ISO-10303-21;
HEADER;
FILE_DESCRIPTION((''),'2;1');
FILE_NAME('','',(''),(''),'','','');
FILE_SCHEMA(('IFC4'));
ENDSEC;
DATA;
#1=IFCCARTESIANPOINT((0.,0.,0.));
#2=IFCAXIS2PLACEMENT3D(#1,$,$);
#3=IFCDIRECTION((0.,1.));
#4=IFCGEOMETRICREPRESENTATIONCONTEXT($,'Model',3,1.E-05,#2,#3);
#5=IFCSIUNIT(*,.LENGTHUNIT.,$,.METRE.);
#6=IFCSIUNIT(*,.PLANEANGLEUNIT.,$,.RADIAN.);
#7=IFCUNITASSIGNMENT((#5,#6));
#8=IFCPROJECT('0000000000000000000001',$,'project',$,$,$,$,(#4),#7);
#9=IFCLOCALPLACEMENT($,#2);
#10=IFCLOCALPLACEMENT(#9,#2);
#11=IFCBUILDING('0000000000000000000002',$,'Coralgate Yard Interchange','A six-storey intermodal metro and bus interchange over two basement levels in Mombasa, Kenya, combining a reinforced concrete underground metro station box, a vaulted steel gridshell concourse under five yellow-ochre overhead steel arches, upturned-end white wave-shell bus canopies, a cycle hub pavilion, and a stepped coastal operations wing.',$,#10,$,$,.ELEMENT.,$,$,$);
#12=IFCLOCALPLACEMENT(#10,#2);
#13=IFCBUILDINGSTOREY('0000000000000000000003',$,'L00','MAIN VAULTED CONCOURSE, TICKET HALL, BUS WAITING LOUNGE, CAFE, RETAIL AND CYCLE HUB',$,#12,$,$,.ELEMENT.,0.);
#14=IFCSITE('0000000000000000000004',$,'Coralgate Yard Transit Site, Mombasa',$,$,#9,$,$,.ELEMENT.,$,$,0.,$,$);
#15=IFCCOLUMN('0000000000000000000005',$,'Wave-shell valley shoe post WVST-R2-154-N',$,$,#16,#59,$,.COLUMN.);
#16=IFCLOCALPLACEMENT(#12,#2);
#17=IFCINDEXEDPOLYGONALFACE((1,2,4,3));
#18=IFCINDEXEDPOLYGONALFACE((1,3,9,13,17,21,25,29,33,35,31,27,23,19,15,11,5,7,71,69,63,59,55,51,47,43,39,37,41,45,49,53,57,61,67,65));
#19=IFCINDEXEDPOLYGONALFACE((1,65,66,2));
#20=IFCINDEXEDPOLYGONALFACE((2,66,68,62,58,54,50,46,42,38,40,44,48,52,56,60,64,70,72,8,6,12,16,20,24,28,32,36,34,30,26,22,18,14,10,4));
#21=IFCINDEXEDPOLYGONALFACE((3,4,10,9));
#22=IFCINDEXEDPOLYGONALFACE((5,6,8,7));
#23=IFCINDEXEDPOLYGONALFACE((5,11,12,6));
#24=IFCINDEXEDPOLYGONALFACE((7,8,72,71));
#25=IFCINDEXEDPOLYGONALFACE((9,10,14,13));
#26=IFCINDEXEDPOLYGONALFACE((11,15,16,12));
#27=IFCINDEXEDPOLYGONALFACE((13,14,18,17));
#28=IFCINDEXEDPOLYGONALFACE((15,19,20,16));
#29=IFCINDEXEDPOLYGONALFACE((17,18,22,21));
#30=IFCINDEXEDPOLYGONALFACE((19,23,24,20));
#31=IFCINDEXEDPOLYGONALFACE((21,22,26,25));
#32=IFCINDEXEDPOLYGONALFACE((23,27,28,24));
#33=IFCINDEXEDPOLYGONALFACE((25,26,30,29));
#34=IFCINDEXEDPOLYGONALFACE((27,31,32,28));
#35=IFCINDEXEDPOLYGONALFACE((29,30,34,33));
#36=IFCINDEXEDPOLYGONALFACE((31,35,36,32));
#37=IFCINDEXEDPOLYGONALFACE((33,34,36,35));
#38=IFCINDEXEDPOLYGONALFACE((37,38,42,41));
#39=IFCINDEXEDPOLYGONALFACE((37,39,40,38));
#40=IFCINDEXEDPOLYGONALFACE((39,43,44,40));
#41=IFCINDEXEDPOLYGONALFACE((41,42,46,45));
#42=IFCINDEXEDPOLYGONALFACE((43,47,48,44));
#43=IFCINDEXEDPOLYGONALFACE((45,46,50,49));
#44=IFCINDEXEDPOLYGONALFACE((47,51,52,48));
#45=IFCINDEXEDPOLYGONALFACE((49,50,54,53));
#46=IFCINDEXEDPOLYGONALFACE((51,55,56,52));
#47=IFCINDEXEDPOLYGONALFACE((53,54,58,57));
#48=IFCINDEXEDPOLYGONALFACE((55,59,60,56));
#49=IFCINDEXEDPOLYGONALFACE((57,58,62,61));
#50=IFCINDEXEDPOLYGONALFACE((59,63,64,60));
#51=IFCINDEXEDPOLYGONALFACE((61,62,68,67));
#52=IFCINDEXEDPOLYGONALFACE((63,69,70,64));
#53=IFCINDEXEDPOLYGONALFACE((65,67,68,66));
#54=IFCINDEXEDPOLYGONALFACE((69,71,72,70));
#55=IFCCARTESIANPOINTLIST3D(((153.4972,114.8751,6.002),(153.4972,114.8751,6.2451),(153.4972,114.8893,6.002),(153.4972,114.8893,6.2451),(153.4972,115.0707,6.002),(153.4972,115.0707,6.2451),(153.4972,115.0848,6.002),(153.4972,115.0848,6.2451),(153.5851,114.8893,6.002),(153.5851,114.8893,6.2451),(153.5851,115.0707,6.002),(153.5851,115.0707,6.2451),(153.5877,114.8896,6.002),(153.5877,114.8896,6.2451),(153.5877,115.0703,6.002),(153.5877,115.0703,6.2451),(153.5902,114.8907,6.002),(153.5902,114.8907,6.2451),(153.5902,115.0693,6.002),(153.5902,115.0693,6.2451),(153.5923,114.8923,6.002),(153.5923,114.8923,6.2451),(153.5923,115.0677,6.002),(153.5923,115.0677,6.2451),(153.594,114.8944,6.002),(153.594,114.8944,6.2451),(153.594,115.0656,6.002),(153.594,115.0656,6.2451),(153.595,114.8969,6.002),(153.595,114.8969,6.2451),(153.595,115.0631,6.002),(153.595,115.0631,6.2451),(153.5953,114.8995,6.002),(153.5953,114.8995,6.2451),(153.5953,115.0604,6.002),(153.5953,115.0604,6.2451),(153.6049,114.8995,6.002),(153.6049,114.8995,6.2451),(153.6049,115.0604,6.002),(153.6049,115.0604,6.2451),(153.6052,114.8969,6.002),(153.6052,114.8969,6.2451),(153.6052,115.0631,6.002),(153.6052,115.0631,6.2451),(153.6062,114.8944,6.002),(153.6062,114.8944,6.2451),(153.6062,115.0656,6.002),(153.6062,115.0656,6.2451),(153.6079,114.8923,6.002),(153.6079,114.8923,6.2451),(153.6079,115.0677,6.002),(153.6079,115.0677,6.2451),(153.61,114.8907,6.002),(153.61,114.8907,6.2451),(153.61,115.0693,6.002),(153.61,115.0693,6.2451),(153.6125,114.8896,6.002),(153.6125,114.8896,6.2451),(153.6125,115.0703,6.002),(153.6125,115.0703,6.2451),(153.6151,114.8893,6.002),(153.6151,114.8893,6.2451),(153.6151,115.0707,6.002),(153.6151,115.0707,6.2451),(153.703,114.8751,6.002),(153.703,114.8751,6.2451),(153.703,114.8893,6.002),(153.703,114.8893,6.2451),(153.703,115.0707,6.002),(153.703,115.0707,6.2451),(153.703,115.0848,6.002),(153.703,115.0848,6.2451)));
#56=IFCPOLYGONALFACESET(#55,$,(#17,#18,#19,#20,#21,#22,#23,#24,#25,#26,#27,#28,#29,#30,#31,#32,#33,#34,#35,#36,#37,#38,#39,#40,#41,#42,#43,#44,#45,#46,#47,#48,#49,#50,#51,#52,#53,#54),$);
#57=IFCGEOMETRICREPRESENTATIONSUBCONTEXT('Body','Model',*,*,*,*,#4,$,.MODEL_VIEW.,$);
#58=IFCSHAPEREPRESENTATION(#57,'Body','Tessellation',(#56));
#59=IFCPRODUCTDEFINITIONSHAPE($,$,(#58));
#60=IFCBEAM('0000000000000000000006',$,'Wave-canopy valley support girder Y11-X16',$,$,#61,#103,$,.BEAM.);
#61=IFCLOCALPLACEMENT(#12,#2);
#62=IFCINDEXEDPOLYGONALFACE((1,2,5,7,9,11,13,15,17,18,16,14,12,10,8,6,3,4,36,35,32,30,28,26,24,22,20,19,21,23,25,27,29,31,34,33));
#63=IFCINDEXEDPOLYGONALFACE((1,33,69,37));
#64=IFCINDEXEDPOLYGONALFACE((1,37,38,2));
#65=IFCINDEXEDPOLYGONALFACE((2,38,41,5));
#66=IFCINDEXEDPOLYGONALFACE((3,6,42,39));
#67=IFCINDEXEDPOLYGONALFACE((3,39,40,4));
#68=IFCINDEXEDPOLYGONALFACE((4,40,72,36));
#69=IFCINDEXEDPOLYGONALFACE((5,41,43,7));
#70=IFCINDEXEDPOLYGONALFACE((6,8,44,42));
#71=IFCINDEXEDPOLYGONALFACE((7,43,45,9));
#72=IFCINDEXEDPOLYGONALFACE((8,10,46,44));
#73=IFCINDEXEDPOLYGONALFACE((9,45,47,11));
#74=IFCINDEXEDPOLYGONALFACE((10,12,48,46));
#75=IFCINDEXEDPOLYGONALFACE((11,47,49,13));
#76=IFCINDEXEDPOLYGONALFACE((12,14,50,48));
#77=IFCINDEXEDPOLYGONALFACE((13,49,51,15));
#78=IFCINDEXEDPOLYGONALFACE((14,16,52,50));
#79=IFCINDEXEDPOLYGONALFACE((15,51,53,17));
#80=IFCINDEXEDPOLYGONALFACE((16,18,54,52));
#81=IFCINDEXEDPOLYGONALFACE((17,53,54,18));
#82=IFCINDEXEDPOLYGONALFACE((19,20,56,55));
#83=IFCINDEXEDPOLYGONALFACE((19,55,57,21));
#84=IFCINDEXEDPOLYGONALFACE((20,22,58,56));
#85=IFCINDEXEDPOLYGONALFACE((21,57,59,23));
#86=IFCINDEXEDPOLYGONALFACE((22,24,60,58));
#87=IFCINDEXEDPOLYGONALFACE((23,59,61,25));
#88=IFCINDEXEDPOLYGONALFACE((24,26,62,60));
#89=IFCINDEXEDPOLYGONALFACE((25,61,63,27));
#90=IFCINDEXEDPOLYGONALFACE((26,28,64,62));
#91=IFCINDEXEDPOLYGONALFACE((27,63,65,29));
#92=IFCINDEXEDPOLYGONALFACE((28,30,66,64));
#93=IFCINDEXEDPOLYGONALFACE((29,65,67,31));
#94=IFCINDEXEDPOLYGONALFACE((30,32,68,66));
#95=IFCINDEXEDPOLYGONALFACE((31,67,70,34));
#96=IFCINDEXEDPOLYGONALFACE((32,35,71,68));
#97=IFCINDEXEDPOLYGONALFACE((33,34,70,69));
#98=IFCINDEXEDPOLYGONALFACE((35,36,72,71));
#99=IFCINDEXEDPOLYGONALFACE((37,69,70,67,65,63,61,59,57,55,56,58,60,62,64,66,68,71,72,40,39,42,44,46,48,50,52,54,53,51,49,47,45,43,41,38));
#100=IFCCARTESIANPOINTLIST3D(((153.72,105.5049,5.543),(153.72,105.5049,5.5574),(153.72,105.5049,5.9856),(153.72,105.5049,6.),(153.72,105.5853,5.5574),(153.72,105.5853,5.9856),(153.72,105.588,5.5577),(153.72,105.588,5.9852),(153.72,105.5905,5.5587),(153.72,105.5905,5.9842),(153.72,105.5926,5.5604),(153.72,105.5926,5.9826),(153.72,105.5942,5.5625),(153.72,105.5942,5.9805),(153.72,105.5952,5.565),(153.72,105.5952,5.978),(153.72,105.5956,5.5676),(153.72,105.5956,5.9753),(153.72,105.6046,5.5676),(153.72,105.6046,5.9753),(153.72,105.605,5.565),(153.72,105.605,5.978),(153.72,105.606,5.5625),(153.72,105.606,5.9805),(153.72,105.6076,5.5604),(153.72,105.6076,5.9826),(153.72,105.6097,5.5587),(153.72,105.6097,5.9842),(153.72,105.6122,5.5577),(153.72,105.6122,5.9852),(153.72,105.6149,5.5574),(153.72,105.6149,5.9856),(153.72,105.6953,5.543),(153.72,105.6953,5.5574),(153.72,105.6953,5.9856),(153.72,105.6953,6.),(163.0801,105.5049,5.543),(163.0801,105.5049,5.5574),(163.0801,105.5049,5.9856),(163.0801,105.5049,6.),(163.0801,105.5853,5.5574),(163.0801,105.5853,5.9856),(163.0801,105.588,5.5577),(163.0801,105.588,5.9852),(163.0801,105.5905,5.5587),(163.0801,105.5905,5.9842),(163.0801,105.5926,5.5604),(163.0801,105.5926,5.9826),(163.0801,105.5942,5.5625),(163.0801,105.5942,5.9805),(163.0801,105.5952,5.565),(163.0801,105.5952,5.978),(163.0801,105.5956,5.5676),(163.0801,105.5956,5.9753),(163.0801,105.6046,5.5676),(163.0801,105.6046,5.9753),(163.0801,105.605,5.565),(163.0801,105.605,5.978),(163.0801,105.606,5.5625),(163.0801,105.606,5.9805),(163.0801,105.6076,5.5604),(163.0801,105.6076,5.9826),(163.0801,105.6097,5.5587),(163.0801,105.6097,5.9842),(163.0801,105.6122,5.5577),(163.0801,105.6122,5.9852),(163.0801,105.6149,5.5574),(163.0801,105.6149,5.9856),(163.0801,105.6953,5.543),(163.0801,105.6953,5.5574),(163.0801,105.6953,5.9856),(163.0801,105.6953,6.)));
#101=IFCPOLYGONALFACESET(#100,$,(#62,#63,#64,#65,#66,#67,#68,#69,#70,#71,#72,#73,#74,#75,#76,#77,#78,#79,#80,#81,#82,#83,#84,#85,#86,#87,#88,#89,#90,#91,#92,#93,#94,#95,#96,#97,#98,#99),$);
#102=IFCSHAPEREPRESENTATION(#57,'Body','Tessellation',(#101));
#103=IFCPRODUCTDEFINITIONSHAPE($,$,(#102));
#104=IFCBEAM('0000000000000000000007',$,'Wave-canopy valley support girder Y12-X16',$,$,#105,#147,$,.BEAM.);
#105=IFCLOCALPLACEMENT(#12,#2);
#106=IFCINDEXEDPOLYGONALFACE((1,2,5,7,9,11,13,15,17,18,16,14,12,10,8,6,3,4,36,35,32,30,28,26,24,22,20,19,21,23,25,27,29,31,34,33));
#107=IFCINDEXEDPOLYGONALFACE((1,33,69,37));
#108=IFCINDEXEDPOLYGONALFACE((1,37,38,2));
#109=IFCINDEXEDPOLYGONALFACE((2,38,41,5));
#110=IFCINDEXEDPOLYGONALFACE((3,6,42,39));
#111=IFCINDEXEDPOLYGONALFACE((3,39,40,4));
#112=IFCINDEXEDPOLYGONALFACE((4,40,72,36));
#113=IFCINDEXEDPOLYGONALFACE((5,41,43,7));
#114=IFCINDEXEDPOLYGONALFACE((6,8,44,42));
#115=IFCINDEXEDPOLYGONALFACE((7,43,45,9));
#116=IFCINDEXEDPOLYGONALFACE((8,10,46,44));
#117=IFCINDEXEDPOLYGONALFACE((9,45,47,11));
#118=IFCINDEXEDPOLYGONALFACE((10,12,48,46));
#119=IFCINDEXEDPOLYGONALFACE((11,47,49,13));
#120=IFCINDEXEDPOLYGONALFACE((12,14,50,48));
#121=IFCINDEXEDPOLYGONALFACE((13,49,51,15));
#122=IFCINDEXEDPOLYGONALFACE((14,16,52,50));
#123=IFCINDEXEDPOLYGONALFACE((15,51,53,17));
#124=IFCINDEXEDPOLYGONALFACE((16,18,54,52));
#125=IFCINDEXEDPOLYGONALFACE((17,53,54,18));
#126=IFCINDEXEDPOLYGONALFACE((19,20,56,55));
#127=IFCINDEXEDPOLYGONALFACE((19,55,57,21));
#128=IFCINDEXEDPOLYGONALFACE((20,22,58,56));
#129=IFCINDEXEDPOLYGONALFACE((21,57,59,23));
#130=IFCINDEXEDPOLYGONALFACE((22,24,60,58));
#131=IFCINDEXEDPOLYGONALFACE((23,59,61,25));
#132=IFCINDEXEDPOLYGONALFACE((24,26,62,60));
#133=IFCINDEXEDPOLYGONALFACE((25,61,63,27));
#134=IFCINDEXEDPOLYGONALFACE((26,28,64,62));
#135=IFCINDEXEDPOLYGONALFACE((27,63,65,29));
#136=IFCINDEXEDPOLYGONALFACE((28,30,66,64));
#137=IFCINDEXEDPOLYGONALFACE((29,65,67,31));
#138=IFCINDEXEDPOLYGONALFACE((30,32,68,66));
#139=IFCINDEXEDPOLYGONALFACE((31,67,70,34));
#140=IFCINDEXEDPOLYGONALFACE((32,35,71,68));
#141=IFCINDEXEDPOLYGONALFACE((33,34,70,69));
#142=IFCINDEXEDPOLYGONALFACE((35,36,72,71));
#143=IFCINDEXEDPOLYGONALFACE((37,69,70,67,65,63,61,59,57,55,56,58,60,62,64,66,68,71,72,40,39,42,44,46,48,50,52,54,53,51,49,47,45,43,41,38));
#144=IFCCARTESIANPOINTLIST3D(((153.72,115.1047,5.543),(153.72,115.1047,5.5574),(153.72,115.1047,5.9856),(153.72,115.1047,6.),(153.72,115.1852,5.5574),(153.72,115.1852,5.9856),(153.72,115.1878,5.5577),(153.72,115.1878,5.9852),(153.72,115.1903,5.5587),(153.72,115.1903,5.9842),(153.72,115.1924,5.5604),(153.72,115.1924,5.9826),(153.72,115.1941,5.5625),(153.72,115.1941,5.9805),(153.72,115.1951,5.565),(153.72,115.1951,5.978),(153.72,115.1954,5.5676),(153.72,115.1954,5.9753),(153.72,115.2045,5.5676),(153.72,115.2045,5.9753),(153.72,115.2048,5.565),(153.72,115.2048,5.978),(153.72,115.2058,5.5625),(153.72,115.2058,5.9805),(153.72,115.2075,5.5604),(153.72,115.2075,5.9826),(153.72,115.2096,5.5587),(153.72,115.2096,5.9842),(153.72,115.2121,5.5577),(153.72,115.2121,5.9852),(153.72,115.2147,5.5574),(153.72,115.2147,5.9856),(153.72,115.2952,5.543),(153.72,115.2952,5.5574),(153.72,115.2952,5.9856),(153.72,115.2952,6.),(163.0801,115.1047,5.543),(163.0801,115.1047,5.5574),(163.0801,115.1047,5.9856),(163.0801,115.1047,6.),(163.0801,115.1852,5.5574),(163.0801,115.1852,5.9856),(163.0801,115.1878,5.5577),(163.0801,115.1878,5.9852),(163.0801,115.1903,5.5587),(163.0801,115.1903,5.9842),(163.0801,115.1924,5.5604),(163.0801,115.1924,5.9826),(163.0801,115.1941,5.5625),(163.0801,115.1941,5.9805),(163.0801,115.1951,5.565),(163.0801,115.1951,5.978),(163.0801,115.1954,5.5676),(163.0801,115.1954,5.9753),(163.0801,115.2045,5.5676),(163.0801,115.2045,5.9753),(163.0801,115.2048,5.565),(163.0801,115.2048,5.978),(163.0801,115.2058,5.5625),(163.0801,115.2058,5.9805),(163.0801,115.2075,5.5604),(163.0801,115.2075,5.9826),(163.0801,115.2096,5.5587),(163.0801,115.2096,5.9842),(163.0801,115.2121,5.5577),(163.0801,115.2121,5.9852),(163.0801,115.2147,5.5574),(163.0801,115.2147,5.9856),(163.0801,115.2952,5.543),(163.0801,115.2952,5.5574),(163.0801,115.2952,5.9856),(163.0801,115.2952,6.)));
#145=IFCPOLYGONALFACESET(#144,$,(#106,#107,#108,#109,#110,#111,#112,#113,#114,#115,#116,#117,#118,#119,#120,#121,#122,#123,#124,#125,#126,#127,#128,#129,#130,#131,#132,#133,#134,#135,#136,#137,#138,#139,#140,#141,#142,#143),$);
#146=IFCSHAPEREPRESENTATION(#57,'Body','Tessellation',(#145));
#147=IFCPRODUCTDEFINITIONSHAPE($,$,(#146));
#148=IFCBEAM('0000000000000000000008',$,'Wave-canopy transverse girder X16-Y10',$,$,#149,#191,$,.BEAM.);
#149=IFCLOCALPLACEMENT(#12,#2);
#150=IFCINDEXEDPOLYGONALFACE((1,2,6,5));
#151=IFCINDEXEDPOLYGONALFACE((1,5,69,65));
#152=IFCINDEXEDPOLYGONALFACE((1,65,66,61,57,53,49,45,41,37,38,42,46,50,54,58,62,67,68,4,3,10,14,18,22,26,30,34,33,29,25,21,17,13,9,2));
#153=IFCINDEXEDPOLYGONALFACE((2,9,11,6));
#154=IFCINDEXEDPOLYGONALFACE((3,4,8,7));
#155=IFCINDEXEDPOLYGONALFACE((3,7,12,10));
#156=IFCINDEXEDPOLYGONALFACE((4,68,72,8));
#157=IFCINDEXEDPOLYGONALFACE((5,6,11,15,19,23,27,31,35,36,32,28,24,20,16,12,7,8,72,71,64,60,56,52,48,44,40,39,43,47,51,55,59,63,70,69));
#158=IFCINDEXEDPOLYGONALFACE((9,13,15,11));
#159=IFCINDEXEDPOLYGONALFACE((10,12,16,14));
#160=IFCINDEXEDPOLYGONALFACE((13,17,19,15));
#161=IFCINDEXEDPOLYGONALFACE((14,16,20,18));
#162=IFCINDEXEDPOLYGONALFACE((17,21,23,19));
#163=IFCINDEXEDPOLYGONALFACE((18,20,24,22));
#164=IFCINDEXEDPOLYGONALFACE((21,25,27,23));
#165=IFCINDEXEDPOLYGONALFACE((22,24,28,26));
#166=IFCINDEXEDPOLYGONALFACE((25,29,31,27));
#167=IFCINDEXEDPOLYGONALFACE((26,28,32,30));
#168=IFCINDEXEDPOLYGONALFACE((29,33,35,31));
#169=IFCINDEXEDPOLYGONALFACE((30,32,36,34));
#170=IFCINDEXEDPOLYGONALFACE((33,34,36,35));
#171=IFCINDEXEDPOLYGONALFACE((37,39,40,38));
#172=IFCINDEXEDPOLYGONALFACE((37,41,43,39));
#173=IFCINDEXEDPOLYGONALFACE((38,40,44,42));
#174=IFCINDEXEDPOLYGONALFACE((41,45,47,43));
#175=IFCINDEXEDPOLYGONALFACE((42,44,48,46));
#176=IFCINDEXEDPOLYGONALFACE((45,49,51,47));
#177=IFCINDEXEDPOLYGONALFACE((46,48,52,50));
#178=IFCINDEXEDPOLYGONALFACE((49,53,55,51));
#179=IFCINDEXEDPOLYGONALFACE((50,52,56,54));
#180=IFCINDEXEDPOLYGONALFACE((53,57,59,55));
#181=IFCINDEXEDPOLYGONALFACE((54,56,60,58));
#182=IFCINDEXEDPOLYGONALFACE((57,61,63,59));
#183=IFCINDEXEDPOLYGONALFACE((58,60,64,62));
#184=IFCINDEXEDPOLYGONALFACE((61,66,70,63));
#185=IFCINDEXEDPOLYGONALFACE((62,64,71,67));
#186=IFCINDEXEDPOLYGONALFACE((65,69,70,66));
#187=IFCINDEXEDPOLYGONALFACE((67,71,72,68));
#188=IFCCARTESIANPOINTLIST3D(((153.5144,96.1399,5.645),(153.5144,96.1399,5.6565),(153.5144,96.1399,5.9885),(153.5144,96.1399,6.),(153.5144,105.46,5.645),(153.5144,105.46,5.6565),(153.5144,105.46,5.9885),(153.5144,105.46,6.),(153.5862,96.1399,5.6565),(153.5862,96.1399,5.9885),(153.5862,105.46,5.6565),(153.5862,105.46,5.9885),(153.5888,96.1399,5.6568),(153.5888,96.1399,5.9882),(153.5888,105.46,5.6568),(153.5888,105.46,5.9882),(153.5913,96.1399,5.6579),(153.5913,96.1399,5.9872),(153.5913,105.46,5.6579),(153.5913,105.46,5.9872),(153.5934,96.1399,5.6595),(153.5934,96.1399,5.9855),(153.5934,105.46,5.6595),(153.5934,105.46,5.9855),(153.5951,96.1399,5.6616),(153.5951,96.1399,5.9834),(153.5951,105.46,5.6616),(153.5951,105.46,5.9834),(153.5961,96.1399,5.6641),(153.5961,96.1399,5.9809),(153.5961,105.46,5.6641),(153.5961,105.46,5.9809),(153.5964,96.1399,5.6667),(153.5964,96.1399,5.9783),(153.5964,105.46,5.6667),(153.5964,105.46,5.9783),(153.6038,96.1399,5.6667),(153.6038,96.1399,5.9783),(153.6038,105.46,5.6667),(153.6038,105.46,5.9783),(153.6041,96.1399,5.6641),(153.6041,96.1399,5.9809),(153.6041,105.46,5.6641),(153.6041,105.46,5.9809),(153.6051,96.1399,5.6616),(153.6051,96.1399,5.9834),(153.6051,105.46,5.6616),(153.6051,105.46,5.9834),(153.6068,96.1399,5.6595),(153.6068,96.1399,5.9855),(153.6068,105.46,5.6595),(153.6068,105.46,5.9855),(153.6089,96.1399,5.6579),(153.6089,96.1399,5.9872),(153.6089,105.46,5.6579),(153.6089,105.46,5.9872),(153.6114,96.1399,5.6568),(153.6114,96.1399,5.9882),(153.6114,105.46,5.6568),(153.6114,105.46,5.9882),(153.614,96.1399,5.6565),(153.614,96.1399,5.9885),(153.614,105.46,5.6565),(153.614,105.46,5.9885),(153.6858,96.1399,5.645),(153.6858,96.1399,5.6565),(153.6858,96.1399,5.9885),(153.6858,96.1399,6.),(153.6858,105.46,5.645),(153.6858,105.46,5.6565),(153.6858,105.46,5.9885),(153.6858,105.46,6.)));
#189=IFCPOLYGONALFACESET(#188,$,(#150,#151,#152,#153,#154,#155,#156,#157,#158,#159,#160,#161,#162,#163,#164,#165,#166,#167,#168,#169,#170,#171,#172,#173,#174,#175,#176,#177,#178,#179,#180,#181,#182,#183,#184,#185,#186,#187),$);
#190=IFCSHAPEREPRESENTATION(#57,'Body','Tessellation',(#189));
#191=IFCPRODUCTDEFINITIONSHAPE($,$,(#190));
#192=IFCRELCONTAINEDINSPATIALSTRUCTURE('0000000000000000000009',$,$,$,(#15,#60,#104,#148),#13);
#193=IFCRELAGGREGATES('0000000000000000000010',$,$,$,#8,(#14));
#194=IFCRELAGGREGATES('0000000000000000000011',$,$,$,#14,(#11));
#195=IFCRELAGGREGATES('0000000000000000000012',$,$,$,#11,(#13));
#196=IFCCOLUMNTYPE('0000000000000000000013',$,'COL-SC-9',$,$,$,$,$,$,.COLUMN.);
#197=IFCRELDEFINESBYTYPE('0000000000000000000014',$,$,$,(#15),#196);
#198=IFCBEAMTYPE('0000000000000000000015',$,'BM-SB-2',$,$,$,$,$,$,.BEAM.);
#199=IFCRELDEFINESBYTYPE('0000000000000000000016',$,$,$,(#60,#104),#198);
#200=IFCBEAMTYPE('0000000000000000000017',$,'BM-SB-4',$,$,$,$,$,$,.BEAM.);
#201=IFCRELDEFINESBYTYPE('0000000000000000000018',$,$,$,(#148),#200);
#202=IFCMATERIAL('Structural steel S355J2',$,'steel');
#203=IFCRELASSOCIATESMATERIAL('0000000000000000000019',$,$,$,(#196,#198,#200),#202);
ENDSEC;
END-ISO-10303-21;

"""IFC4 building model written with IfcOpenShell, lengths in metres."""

from ifc_helpers import new_model, si_unit, direction, frame, origin, origin_2d, place, context, subcontext, project, spatial, i_section, extrude, material, material_profile, profile_set, type_object, element, save


model = new_model("IFC4")

# Units and contexts
model_context = context("Model", 3, precision=1e-05, world=origin(), true_north=direction((0.0, 1.0)))
body_context = subcontext(model_context, "Body", "Model", "MODEL_VIEW")
ifc_project = project(units=[si_unit("LENGTHUNIT", "METRE"), si_unit("PLANEANGLEUNIT", "RADIAN")], contexts=[model_context])

# Site, building, storey
site_placement = place(None, origin())
site = spatial("IfcSite", under=ifc_project, at=site_placement, Name="Coralgate Yard Transit Site, Mombasa", CompositionType="ELEMENT", RefElevation=0.0)
building_placement = place(site_placement, origin())
building = spatial("IfcBuilding", under=site, at=building_placement, Name="Coralgate Yard Interchange", Description="A six-storey intermodal metro and bus interchange over two basement levels in Mombasa, Kenya, combining a reinforced concrete underground metro station box, a vaulted steel gridshell concourse under five yellow-ochre overhead steel arches, upturned-end white wave-shell bus canopies, a cycle hub pavilion, and a stepped coastal operations wing.", CompositionType="ELEMENT")
storey_placement = place(building_placement, origin())
storey = spatial("IfcBuildingStorey", under=building, at=storey_placement, Name="L00", Description="MAIN VAULTED CONCOURSE, TICKET HALL, BUS WAITING LOUNGE, CAFE, RETAIL AND CYCLE HUB", CompositionType="ELEMENT", Elevation=0.0)

# Column
ifc_material_1 = material(Name="Structural steel S355J2", Category="steel")
ifc_material_profile_1 = material_profile(ifc_material_1, i_section(OverallWidth=0.2058, OverallDepth=0.2097, WebThickness=0.0095, FlangeThickness=0.0142, FilletRadius=0.0103, at=origin_2d()), Name="UC 203x203x60")
ifc_profile_set_1 = profile_set([ifc_material_profile_1], Name="Structural steel S355J2")
column_type_1 = type_object("IfcColumnType", Name="COL-SC-9", PredefinedType="COLUMN", material=ifc_profile_set_1)
for number, where, z_axis, x_axis, name in (
    (1, (153.6001, 114.98, 6.002), (0.0, 0.0, 1.0), (1.0, 0.0, 0.0), "Wave-shell valley shoe post WVST-R2-154-N"),
):
    element("IfcColumn", number, at=place(storey_placement, frame(where, z_axis=z_axis, x_axis=x_axis)), inside=storey, type_object=column_type_1, Name=name, PredefinedType="COLUMN", context=body_context, shape_type="SweptSolid", body=[
        extrude(i_section(OverallWidth=0.2058, OverallDepth=0.2097, WebThickness=0.0095, FlangeThickness=0.0142, FilletRadius=0.0103, at=origin_2d()), origin(), (0.0, 0.0, 1.0), 0.2432),
    ])

# Beams
ifc_material_profile_2 = material_profile(ifc_material_1, i_section(OverallWidth=0.1904, OverallDepth=0.457, WebThickness=0.009, FlangeThickness=0.0144, FilletRadius=0.0103, at=origin_2d()), Name="UB 457x191x74")
ifc_profile_set_2 = profile_set([ifc_material_profile_2], Name="Structural steel S355J2")
beam_type_1 = type_object("IfcBeamType", Name="BM-SB-2", PredefinedType="BEAM", material=ifc_profile_set_2)
for number, where, z_axis, x_axis, name in (
    (2, (153.72, 105.6001, 5.7715), (1.0, 0.0, 0.0), (0.0, 1.0, 0.0), "Wave-canopy valley support girder Y11-X16"),
    (3, (153.72, 115.2, 5.7715), (1.0, 0.0, 0.0), (0.0, 1.0, 0.0), "Wave-canopy valley support girder Y12-X16"),
):
    element("IfcBeam", number, at=place(storey_placement, frame(where, z_axis=z_axis, x_axis=x_axis)), inside=storey, type_object=beam_type_1, Name=name, PredefinedType="BEAM", context=body_context, shape_type="SweptSolid", body=[
        extrude(i_section(OverallWidth=0.1904, OverallDepth=0.457, WebThickness=0.009, FlangeThickness=0.0144, FilletRadius=0.0103, at=origin_2d()), origin(), (0.0, 0.0, 1.0), 9.3601),
    ])
ifc_material_profile_3 = material_profile(ifc_material_1, i_section(OverallWidth=0.1714, OverallDepth=0.355, WebThickness=0.0073, FlangeThickness=0.0115, FilletRadius=0.0103, at=origin_2d()), Name="UB 356x171x51")
ifc_profile_set_3 = profile_set([ifc_material_profile_3], Name="Structural steel S355J2")
beam_type_2 = type_object("IfcBeamType", Name="BM-SB-4", PredefinedType="BEAM", material=ifc_profile_set_3)
for number, where, z_axis, x_axis, name in (
    (4, (153.6001, 96.1399, 5.8225), (0.0, 1.0, 0.0), (-1.0, 0.0, 0.0), "Wave-canopy transverse girder X16-Y10"),
):
    element("IfcBeam", number, at=place(storey_placement, frame(where, z_axis=z_axis, x_axis=x_axis)), inside=storey, type_object=beam_type_2, Name=name, PredefinedType="BEAM", context=body_context, shape_type="SweptSolid", body=[
        extrude(i_section(OverallWidth=0.1714, OverallDepth=0.355, WebThickness=0.0073, FlangeThickness=0.0115, FilletRadius=0.0103, at=origin_2d()), origin(), (0.0, 0.0, 1.0), 9.3201),
    ])

save(model, "model.ifc")
